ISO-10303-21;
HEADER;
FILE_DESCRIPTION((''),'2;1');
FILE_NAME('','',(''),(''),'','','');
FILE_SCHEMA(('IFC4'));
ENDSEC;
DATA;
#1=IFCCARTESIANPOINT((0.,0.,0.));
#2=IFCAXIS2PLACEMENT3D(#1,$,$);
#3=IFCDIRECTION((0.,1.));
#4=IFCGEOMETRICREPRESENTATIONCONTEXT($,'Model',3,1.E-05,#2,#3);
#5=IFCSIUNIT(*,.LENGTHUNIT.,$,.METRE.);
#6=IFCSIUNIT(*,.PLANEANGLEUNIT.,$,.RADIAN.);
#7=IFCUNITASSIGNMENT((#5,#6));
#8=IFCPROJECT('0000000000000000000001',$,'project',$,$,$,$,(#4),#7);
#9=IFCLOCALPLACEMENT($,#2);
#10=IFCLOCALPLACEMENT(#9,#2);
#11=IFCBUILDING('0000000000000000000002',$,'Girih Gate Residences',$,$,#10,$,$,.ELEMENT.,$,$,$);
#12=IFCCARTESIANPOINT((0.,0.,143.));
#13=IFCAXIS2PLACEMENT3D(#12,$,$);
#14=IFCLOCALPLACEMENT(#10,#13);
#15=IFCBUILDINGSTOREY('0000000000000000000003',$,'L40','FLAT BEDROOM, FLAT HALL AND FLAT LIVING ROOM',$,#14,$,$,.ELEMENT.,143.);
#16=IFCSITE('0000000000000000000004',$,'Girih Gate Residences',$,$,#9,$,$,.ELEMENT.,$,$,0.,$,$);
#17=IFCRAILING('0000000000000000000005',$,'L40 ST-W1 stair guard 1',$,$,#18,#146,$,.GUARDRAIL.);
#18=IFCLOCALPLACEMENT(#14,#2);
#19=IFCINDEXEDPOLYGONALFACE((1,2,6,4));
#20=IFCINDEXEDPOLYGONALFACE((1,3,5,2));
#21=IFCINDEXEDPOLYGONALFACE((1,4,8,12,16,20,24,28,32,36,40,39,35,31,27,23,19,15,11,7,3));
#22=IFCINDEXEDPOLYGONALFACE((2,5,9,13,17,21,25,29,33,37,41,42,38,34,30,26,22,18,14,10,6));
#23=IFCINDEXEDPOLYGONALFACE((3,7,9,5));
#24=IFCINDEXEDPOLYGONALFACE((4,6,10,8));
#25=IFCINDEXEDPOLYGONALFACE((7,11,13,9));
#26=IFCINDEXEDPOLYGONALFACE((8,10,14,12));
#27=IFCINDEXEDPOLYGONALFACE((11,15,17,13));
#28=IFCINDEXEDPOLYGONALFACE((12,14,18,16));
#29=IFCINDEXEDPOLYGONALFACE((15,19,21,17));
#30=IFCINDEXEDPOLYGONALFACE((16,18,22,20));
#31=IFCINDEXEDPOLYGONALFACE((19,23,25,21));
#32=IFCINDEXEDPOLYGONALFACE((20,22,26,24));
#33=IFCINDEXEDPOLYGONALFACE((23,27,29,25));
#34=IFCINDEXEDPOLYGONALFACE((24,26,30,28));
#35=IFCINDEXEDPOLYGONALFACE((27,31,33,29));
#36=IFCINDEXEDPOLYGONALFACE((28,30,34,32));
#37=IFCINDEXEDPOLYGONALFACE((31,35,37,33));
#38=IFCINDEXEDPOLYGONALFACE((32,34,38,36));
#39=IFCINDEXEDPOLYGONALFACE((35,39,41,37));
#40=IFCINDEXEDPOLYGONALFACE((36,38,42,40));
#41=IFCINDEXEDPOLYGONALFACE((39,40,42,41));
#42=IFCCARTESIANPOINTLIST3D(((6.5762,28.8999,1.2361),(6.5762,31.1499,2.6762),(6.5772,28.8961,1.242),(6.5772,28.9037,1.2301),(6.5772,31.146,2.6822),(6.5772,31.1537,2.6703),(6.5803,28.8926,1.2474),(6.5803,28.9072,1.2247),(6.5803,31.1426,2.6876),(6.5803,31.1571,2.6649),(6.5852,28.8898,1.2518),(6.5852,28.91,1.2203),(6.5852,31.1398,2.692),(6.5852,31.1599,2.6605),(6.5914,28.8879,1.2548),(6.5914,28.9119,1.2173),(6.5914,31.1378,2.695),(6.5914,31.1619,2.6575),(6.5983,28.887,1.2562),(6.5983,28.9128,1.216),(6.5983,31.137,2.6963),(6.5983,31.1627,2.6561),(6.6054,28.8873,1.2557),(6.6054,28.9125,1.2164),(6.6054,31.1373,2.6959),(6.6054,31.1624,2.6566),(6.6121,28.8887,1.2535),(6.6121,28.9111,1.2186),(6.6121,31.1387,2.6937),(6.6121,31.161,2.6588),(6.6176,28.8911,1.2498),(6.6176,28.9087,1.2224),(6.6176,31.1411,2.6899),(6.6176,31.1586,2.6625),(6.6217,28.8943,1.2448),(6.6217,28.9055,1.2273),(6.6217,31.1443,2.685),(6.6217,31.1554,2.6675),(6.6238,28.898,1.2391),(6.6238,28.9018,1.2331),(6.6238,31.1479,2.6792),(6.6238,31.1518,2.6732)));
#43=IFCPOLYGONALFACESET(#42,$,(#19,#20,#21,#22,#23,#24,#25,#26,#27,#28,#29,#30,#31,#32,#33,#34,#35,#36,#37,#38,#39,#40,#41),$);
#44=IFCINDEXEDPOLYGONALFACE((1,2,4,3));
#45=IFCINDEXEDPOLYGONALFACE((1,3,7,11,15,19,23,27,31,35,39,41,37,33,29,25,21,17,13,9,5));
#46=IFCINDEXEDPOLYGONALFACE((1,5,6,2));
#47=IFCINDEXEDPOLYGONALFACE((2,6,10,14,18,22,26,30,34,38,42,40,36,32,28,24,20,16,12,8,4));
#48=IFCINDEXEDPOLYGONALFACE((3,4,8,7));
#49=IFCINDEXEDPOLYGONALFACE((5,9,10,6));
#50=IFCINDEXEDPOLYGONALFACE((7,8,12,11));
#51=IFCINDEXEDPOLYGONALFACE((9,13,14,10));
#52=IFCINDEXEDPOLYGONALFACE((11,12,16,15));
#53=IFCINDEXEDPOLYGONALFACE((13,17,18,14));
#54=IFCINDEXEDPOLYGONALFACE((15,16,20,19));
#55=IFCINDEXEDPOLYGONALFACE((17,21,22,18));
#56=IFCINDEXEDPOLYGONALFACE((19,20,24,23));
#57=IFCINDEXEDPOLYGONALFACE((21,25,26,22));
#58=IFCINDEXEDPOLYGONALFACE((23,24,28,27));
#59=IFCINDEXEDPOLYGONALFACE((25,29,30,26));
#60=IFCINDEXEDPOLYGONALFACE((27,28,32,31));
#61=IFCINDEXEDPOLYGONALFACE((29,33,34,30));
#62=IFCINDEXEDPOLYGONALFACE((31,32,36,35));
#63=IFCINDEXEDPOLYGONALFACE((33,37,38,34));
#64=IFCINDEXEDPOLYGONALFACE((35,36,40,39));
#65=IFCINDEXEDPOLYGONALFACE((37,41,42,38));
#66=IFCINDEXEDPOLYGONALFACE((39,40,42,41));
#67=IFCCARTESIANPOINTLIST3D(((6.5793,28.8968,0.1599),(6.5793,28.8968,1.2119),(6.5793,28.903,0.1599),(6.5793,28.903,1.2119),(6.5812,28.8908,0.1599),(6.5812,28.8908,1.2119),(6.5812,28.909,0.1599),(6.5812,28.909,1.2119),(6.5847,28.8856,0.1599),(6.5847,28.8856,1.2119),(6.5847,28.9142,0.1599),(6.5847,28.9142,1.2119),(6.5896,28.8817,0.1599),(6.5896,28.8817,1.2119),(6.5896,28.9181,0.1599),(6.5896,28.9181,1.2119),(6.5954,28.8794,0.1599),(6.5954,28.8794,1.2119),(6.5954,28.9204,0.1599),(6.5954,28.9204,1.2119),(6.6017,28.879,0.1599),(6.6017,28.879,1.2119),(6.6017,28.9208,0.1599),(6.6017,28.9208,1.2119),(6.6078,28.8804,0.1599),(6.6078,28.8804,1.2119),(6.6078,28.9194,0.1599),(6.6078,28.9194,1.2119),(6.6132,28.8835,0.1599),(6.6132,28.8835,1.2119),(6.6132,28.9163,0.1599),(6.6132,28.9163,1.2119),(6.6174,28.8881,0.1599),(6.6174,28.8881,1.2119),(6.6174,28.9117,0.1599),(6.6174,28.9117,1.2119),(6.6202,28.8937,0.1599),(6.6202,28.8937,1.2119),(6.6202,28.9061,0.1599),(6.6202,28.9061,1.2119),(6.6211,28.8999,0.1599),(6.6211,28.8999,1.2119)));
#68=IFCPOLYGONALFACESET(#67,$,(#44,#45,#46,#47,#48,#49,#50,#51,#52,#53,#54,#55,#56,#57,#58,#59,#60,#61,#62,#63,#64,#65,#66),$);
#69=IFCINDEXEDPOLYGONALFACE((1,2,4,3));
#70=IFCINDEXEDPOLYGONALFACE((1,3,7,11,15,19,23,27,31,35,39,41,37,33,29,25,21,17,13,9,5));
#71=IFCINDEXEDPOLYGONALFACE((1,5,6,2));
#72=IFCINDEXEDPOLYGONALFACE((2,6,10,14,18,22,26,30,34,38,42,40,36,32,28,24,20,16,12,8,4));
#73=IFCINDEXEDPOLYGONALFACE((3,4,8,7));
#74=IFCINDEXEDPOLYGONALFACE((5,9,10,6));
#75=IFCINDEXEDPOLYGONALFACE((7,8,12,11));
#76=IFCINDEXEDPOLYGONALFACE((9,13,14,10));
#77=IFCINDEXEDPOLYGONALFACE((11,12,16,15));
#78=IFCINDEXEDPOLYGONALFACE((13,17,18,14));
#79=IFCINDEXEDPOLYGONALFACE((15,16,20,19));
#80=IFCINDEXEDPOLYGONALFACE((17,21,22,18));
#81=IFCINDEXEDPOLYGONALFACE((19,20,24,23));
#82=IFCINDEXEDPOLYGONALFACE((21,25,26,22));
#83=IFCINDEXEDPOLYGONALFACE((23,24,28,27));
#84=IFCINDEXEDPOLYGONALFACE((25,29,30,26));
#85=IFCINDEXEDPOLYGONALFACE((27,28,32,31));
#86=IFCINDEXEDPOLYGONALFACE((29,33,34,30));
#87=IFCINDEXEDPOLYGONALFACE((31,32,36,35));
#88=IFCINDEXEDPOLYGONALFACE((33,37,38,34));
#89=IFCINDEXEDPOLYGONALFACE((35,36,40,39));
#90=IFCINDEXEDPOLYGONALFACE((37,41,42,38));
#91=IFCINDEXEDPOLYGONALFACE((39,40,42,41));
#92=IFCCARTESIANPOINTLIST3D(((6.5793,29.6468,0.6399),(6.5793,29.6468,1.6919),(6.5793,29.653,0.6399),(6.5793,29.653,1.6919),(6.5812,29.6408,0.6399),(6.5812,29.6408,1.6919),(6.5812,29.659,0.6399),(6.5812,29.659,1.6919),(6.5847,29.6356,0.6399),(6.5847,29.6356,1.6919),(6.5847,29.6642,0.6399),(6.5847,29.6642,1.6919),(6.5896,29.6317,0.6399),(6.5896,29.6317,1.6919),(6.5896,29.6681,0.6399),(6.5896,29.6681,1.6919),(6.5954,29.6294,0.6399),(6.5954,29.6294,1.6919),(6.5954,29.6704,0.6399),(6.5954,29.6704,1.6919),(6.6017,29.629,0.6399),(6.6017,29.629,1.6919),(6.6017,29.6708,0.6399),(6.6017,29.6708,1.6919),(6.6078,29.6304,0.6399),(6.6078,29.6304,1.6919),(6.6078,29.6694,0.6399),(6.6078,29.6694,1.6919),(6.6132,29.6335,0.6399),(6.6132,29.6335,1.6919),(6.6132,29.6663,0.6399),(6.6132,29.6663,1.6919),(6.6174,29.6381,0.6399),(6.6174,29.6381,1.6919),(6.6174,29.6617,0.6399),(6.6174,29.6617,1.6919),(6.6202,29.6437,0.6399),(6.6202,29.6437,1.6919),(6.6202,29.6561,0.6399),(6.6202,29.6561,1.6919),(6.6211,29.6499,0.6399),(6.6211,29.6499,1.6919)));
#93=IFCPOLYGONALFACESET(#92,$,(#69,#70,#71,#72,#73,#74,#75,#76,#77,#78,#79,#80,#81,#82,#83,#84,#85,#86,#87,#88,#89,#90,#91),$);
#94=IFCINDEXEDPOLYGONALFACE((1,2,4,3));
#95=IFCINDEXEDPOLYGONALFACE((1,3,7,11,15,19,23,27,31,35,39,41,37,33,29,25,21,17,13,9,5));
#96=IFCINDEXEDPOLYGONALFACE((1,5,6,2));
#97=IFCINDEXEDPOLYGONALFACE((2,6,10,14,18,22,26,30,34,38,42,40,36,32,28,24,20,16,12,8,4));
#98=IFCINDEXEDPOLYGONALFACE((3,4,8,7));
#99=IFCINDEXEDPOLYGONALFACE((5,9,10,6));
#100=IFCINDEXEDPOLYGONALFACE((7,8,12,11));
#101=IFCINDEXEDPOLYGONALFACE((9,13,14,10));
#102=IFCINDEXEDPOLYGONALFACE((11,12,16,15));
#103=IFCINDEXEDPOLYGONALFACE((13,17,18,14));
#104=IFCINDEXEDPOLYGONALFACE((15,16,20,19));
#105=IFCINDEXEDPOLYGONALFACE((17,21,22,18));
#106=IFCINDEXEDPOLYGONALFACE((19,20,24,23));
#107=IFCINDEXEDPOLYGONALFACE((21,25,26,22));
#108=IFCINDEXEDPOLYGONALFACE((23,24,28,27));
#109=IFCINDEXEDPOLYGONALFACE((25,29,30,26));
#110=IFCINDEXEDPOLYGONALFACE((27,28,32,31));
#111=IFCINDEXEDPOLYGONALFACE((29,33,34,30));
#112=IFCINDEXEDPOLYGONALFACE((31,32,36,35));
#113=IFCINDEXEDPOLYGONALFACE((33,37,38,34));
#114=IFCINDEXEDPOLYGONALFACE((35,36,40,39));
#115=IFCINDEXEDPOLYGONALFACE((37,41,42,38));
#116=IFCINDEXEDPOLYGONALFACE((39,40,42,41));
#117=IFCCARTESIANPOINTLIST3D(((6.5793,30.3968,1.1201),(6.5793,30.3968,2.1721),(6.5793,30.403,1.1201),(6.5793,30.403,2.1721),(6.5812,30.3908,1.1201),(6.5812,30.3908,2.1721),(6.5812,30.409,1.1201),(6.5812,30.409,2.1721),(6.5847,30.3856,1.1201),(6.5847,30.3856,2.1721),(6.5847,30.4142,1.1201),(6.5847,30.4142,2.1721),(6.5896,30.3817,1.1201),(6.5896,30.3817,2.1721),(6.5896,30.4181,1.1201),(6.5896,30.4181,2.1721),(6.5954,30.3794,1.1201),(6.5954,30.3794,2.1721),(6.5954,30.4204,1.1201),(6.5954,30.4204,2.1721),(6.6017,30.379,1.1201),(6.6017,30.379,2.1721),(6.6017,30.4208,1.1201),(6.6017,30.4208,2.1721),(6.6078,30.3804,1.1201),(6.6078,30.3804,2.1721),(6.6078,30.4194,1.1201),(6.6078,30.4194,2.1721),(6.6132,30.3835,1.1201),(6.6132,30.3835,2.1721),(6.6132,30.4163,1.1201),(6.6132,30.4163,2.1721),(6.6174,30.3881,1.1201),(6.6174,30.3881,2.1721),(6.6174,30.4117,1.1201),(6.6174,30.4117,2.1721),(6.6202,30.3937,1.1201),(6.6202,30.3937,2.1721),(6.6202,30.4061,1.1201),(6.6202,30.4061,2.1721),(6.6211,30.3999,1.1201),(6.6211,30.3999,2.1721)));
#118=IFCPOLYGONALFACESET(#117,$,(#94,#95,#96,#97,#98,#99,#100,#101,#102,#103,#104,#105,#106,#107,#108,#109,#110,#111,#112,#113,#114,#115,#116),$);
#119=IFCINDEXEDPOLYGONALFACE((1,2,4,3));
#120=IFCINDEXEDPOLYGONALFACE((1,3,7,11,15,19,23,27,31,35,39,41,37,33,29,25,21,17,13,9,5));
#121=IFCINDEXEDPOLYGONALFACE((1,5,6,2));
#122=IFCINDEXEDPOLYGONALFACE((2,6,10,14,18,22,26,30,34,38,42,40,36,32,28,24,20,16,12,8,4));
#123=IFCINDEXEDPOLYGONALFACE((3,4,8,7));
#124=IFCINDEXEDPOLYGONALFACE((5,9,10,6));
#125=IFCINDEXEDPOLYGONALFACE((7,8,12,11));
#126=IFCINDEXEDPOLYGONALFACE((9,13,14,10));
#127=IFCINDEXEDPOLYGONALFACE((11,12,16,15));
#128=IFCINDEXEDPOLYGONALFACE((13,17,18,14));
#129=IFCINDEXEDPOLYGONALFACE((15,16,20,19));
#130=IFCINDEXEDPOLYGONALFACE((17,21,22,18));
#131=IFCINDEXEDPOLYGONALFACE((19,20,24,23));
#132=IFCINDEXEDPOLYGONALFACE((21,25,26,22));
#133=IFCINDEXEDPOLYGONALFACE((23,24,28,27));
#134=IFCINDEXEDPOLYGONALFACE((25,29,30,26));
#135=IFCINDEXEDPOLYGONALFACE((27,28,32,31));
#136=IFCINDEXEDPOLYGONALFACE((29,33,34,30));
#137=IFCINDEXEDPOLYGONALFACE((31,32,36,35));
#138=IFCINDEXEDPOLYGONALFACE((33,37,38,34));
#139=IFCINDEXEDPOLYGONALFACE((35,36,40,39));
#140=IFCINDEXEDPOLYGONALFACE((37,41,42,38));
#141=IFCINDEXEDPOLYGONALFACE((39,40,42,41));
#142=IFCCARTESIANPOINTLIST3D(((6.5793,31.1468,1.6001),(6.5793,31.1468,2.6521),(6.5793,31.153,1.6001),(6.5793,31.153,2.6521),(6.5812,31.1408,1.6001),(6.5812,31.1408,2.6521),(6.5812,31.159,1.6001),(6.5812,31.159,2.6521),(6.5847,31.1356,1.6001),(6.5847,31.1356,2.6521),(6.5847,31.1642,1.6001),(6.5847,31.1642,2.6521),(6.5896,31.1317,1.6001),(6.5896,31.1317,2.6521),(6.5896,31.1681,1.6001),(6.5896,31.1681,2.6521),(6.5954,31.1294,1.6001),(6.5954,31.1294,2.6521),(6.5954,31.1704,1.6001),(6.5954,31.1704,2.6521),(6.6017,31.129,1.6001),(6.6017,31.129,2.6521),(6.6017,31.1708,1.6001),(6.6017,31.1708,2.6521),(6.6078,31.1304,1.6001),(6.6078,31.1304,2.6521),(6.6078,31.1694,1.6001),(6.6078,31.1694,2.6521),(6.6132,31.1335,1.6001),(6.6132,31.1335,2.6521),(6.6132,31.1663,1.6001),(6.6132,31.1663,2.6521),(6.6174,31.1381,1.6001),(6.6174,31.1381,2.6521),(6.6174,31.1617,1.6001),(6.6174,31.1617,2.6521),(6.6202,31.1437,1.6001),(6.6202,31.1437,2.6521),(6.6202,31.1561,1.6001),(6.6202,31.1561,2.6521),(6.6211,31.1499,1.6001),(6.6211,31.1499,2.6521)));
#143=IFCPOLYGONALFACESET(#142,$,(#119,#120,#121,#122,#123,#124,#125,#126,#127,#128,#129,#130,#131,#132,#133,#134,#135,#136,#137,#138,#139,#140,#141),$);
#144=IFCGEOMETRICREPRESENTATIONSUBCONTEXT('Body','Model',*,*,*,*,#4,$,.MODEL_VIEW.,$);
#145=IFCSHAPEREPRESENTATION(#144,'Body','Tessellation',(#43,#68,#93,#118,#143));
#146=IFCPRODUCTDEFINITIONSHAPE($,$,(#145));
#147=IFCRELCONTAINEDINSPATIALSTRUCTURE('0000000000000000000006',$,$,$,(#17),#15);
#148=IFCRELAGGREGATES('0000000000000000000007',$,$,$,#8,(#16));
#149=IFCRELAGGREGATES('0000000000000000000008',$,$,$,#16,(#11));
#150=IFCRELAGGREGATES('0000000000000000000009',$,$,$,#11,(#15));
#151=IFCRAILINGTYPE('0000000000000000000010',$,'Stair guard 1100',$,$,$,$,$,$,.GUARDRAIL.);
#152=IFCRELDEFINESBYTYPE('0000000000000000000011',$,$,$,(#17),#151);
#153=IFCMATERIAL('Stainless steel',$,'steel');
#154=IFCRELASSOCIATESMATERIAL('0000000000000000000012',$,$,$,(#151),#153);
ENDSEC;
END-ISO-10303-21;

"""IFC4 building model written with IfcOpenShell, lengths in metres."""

from ifc_helpers import new_model, si_unit, direction, frame, origin, origin_2d, place, context, subcontext, project, spatial, circle, extrude, material, type_object, element, save


model = new_model("IFC4")

# Units and contexts
model_context = context("Model", 3, precision=1e-05, world=origin(), true_north=direction((0.0, 1.0)))
body_context = subcontext(model_context, "Body", "Model", "MODEL_VIEW")
ifc_project = project(units=[si_unit("LENGTHUNIT", "METRE"), si_unit("PLANEANGLEUNIT", "RADIAN")], contexts=[model_context])

# Site, building, storey
site_placement = place(None, origin())
site = spatial("IfcSite", under=ifc_project, at=site_placement, Name="Girih Gate Residences", CompositionType="ELEMENT", RefElevation=0.0)
building_placement = place(site_placement, origin())
building = spatial("IfcBuilding", under=site, at=building_placement, Name="Girih Gate Residences", CompositionType="ELEMENT")
storey_placement = place(building_placement, frame((0.0, 0.0, 143.0)))
storey = spatial("IfcBuildingStorey", under=building, at=storey_placement, Name="L40", Description="FLAT BEDROOM, FLAT HALL AND FLAT LIVING ROOM", CompositionType="ELEMENT", Elevation=143.0)

# Railing
ifc_material_1 = material(Name="Stainless steel", Category="steel")
railing_type_1 = type_object("IfcRailingType", Name="Stair guard 1100", PredefinedType="GUARDRAIL", material=ifc_material_1)
railing_1_placement = place(storey_placement, frame((6.6001, 28.8999, 0.1599)))
element("IfcRailing", 1, at=railing_1_placement, inside=storey, type_object=railing_type_1, Name="L40 ST-W1 stair guard 1", PredefinedType="GUARDRAIL", context=body_context, shape_type="SweptSolid", body=[
    extrude(circle(Radius=0.0239, at=origin_2d()), frame((0.0, 0.0, 1.0762), z_axis=(0.0, 0.84224, 0.539103), x_axis=(-1.0, 0.0, 0.0)), (0.0, 0.0, 1.0), 2.6714),
    extrude(circle(Radius=0.021, at=origin_2d()), origin(), (0.0, 0.0, 1.0), 1.052),
    extrude(circle(Radius=0.021, at=origin_2d()), frame((0.0, 0.75, 0.48)), (0.0, 0.0, 1.0), 1.052),
    extrude(circle(Radius=0.021, at=origin_2d()), frame((0.0, 1.5, 0.9602)), (0.0, 0.0, 1.0), 1.052),
    extrude(circle(Radius=0.021, at=origin_2d()), frame((0.0, 2.25, 1.4402)), (0.0, 0.0, 1.0), 1.052),
])

save(model, "model.ifc")
